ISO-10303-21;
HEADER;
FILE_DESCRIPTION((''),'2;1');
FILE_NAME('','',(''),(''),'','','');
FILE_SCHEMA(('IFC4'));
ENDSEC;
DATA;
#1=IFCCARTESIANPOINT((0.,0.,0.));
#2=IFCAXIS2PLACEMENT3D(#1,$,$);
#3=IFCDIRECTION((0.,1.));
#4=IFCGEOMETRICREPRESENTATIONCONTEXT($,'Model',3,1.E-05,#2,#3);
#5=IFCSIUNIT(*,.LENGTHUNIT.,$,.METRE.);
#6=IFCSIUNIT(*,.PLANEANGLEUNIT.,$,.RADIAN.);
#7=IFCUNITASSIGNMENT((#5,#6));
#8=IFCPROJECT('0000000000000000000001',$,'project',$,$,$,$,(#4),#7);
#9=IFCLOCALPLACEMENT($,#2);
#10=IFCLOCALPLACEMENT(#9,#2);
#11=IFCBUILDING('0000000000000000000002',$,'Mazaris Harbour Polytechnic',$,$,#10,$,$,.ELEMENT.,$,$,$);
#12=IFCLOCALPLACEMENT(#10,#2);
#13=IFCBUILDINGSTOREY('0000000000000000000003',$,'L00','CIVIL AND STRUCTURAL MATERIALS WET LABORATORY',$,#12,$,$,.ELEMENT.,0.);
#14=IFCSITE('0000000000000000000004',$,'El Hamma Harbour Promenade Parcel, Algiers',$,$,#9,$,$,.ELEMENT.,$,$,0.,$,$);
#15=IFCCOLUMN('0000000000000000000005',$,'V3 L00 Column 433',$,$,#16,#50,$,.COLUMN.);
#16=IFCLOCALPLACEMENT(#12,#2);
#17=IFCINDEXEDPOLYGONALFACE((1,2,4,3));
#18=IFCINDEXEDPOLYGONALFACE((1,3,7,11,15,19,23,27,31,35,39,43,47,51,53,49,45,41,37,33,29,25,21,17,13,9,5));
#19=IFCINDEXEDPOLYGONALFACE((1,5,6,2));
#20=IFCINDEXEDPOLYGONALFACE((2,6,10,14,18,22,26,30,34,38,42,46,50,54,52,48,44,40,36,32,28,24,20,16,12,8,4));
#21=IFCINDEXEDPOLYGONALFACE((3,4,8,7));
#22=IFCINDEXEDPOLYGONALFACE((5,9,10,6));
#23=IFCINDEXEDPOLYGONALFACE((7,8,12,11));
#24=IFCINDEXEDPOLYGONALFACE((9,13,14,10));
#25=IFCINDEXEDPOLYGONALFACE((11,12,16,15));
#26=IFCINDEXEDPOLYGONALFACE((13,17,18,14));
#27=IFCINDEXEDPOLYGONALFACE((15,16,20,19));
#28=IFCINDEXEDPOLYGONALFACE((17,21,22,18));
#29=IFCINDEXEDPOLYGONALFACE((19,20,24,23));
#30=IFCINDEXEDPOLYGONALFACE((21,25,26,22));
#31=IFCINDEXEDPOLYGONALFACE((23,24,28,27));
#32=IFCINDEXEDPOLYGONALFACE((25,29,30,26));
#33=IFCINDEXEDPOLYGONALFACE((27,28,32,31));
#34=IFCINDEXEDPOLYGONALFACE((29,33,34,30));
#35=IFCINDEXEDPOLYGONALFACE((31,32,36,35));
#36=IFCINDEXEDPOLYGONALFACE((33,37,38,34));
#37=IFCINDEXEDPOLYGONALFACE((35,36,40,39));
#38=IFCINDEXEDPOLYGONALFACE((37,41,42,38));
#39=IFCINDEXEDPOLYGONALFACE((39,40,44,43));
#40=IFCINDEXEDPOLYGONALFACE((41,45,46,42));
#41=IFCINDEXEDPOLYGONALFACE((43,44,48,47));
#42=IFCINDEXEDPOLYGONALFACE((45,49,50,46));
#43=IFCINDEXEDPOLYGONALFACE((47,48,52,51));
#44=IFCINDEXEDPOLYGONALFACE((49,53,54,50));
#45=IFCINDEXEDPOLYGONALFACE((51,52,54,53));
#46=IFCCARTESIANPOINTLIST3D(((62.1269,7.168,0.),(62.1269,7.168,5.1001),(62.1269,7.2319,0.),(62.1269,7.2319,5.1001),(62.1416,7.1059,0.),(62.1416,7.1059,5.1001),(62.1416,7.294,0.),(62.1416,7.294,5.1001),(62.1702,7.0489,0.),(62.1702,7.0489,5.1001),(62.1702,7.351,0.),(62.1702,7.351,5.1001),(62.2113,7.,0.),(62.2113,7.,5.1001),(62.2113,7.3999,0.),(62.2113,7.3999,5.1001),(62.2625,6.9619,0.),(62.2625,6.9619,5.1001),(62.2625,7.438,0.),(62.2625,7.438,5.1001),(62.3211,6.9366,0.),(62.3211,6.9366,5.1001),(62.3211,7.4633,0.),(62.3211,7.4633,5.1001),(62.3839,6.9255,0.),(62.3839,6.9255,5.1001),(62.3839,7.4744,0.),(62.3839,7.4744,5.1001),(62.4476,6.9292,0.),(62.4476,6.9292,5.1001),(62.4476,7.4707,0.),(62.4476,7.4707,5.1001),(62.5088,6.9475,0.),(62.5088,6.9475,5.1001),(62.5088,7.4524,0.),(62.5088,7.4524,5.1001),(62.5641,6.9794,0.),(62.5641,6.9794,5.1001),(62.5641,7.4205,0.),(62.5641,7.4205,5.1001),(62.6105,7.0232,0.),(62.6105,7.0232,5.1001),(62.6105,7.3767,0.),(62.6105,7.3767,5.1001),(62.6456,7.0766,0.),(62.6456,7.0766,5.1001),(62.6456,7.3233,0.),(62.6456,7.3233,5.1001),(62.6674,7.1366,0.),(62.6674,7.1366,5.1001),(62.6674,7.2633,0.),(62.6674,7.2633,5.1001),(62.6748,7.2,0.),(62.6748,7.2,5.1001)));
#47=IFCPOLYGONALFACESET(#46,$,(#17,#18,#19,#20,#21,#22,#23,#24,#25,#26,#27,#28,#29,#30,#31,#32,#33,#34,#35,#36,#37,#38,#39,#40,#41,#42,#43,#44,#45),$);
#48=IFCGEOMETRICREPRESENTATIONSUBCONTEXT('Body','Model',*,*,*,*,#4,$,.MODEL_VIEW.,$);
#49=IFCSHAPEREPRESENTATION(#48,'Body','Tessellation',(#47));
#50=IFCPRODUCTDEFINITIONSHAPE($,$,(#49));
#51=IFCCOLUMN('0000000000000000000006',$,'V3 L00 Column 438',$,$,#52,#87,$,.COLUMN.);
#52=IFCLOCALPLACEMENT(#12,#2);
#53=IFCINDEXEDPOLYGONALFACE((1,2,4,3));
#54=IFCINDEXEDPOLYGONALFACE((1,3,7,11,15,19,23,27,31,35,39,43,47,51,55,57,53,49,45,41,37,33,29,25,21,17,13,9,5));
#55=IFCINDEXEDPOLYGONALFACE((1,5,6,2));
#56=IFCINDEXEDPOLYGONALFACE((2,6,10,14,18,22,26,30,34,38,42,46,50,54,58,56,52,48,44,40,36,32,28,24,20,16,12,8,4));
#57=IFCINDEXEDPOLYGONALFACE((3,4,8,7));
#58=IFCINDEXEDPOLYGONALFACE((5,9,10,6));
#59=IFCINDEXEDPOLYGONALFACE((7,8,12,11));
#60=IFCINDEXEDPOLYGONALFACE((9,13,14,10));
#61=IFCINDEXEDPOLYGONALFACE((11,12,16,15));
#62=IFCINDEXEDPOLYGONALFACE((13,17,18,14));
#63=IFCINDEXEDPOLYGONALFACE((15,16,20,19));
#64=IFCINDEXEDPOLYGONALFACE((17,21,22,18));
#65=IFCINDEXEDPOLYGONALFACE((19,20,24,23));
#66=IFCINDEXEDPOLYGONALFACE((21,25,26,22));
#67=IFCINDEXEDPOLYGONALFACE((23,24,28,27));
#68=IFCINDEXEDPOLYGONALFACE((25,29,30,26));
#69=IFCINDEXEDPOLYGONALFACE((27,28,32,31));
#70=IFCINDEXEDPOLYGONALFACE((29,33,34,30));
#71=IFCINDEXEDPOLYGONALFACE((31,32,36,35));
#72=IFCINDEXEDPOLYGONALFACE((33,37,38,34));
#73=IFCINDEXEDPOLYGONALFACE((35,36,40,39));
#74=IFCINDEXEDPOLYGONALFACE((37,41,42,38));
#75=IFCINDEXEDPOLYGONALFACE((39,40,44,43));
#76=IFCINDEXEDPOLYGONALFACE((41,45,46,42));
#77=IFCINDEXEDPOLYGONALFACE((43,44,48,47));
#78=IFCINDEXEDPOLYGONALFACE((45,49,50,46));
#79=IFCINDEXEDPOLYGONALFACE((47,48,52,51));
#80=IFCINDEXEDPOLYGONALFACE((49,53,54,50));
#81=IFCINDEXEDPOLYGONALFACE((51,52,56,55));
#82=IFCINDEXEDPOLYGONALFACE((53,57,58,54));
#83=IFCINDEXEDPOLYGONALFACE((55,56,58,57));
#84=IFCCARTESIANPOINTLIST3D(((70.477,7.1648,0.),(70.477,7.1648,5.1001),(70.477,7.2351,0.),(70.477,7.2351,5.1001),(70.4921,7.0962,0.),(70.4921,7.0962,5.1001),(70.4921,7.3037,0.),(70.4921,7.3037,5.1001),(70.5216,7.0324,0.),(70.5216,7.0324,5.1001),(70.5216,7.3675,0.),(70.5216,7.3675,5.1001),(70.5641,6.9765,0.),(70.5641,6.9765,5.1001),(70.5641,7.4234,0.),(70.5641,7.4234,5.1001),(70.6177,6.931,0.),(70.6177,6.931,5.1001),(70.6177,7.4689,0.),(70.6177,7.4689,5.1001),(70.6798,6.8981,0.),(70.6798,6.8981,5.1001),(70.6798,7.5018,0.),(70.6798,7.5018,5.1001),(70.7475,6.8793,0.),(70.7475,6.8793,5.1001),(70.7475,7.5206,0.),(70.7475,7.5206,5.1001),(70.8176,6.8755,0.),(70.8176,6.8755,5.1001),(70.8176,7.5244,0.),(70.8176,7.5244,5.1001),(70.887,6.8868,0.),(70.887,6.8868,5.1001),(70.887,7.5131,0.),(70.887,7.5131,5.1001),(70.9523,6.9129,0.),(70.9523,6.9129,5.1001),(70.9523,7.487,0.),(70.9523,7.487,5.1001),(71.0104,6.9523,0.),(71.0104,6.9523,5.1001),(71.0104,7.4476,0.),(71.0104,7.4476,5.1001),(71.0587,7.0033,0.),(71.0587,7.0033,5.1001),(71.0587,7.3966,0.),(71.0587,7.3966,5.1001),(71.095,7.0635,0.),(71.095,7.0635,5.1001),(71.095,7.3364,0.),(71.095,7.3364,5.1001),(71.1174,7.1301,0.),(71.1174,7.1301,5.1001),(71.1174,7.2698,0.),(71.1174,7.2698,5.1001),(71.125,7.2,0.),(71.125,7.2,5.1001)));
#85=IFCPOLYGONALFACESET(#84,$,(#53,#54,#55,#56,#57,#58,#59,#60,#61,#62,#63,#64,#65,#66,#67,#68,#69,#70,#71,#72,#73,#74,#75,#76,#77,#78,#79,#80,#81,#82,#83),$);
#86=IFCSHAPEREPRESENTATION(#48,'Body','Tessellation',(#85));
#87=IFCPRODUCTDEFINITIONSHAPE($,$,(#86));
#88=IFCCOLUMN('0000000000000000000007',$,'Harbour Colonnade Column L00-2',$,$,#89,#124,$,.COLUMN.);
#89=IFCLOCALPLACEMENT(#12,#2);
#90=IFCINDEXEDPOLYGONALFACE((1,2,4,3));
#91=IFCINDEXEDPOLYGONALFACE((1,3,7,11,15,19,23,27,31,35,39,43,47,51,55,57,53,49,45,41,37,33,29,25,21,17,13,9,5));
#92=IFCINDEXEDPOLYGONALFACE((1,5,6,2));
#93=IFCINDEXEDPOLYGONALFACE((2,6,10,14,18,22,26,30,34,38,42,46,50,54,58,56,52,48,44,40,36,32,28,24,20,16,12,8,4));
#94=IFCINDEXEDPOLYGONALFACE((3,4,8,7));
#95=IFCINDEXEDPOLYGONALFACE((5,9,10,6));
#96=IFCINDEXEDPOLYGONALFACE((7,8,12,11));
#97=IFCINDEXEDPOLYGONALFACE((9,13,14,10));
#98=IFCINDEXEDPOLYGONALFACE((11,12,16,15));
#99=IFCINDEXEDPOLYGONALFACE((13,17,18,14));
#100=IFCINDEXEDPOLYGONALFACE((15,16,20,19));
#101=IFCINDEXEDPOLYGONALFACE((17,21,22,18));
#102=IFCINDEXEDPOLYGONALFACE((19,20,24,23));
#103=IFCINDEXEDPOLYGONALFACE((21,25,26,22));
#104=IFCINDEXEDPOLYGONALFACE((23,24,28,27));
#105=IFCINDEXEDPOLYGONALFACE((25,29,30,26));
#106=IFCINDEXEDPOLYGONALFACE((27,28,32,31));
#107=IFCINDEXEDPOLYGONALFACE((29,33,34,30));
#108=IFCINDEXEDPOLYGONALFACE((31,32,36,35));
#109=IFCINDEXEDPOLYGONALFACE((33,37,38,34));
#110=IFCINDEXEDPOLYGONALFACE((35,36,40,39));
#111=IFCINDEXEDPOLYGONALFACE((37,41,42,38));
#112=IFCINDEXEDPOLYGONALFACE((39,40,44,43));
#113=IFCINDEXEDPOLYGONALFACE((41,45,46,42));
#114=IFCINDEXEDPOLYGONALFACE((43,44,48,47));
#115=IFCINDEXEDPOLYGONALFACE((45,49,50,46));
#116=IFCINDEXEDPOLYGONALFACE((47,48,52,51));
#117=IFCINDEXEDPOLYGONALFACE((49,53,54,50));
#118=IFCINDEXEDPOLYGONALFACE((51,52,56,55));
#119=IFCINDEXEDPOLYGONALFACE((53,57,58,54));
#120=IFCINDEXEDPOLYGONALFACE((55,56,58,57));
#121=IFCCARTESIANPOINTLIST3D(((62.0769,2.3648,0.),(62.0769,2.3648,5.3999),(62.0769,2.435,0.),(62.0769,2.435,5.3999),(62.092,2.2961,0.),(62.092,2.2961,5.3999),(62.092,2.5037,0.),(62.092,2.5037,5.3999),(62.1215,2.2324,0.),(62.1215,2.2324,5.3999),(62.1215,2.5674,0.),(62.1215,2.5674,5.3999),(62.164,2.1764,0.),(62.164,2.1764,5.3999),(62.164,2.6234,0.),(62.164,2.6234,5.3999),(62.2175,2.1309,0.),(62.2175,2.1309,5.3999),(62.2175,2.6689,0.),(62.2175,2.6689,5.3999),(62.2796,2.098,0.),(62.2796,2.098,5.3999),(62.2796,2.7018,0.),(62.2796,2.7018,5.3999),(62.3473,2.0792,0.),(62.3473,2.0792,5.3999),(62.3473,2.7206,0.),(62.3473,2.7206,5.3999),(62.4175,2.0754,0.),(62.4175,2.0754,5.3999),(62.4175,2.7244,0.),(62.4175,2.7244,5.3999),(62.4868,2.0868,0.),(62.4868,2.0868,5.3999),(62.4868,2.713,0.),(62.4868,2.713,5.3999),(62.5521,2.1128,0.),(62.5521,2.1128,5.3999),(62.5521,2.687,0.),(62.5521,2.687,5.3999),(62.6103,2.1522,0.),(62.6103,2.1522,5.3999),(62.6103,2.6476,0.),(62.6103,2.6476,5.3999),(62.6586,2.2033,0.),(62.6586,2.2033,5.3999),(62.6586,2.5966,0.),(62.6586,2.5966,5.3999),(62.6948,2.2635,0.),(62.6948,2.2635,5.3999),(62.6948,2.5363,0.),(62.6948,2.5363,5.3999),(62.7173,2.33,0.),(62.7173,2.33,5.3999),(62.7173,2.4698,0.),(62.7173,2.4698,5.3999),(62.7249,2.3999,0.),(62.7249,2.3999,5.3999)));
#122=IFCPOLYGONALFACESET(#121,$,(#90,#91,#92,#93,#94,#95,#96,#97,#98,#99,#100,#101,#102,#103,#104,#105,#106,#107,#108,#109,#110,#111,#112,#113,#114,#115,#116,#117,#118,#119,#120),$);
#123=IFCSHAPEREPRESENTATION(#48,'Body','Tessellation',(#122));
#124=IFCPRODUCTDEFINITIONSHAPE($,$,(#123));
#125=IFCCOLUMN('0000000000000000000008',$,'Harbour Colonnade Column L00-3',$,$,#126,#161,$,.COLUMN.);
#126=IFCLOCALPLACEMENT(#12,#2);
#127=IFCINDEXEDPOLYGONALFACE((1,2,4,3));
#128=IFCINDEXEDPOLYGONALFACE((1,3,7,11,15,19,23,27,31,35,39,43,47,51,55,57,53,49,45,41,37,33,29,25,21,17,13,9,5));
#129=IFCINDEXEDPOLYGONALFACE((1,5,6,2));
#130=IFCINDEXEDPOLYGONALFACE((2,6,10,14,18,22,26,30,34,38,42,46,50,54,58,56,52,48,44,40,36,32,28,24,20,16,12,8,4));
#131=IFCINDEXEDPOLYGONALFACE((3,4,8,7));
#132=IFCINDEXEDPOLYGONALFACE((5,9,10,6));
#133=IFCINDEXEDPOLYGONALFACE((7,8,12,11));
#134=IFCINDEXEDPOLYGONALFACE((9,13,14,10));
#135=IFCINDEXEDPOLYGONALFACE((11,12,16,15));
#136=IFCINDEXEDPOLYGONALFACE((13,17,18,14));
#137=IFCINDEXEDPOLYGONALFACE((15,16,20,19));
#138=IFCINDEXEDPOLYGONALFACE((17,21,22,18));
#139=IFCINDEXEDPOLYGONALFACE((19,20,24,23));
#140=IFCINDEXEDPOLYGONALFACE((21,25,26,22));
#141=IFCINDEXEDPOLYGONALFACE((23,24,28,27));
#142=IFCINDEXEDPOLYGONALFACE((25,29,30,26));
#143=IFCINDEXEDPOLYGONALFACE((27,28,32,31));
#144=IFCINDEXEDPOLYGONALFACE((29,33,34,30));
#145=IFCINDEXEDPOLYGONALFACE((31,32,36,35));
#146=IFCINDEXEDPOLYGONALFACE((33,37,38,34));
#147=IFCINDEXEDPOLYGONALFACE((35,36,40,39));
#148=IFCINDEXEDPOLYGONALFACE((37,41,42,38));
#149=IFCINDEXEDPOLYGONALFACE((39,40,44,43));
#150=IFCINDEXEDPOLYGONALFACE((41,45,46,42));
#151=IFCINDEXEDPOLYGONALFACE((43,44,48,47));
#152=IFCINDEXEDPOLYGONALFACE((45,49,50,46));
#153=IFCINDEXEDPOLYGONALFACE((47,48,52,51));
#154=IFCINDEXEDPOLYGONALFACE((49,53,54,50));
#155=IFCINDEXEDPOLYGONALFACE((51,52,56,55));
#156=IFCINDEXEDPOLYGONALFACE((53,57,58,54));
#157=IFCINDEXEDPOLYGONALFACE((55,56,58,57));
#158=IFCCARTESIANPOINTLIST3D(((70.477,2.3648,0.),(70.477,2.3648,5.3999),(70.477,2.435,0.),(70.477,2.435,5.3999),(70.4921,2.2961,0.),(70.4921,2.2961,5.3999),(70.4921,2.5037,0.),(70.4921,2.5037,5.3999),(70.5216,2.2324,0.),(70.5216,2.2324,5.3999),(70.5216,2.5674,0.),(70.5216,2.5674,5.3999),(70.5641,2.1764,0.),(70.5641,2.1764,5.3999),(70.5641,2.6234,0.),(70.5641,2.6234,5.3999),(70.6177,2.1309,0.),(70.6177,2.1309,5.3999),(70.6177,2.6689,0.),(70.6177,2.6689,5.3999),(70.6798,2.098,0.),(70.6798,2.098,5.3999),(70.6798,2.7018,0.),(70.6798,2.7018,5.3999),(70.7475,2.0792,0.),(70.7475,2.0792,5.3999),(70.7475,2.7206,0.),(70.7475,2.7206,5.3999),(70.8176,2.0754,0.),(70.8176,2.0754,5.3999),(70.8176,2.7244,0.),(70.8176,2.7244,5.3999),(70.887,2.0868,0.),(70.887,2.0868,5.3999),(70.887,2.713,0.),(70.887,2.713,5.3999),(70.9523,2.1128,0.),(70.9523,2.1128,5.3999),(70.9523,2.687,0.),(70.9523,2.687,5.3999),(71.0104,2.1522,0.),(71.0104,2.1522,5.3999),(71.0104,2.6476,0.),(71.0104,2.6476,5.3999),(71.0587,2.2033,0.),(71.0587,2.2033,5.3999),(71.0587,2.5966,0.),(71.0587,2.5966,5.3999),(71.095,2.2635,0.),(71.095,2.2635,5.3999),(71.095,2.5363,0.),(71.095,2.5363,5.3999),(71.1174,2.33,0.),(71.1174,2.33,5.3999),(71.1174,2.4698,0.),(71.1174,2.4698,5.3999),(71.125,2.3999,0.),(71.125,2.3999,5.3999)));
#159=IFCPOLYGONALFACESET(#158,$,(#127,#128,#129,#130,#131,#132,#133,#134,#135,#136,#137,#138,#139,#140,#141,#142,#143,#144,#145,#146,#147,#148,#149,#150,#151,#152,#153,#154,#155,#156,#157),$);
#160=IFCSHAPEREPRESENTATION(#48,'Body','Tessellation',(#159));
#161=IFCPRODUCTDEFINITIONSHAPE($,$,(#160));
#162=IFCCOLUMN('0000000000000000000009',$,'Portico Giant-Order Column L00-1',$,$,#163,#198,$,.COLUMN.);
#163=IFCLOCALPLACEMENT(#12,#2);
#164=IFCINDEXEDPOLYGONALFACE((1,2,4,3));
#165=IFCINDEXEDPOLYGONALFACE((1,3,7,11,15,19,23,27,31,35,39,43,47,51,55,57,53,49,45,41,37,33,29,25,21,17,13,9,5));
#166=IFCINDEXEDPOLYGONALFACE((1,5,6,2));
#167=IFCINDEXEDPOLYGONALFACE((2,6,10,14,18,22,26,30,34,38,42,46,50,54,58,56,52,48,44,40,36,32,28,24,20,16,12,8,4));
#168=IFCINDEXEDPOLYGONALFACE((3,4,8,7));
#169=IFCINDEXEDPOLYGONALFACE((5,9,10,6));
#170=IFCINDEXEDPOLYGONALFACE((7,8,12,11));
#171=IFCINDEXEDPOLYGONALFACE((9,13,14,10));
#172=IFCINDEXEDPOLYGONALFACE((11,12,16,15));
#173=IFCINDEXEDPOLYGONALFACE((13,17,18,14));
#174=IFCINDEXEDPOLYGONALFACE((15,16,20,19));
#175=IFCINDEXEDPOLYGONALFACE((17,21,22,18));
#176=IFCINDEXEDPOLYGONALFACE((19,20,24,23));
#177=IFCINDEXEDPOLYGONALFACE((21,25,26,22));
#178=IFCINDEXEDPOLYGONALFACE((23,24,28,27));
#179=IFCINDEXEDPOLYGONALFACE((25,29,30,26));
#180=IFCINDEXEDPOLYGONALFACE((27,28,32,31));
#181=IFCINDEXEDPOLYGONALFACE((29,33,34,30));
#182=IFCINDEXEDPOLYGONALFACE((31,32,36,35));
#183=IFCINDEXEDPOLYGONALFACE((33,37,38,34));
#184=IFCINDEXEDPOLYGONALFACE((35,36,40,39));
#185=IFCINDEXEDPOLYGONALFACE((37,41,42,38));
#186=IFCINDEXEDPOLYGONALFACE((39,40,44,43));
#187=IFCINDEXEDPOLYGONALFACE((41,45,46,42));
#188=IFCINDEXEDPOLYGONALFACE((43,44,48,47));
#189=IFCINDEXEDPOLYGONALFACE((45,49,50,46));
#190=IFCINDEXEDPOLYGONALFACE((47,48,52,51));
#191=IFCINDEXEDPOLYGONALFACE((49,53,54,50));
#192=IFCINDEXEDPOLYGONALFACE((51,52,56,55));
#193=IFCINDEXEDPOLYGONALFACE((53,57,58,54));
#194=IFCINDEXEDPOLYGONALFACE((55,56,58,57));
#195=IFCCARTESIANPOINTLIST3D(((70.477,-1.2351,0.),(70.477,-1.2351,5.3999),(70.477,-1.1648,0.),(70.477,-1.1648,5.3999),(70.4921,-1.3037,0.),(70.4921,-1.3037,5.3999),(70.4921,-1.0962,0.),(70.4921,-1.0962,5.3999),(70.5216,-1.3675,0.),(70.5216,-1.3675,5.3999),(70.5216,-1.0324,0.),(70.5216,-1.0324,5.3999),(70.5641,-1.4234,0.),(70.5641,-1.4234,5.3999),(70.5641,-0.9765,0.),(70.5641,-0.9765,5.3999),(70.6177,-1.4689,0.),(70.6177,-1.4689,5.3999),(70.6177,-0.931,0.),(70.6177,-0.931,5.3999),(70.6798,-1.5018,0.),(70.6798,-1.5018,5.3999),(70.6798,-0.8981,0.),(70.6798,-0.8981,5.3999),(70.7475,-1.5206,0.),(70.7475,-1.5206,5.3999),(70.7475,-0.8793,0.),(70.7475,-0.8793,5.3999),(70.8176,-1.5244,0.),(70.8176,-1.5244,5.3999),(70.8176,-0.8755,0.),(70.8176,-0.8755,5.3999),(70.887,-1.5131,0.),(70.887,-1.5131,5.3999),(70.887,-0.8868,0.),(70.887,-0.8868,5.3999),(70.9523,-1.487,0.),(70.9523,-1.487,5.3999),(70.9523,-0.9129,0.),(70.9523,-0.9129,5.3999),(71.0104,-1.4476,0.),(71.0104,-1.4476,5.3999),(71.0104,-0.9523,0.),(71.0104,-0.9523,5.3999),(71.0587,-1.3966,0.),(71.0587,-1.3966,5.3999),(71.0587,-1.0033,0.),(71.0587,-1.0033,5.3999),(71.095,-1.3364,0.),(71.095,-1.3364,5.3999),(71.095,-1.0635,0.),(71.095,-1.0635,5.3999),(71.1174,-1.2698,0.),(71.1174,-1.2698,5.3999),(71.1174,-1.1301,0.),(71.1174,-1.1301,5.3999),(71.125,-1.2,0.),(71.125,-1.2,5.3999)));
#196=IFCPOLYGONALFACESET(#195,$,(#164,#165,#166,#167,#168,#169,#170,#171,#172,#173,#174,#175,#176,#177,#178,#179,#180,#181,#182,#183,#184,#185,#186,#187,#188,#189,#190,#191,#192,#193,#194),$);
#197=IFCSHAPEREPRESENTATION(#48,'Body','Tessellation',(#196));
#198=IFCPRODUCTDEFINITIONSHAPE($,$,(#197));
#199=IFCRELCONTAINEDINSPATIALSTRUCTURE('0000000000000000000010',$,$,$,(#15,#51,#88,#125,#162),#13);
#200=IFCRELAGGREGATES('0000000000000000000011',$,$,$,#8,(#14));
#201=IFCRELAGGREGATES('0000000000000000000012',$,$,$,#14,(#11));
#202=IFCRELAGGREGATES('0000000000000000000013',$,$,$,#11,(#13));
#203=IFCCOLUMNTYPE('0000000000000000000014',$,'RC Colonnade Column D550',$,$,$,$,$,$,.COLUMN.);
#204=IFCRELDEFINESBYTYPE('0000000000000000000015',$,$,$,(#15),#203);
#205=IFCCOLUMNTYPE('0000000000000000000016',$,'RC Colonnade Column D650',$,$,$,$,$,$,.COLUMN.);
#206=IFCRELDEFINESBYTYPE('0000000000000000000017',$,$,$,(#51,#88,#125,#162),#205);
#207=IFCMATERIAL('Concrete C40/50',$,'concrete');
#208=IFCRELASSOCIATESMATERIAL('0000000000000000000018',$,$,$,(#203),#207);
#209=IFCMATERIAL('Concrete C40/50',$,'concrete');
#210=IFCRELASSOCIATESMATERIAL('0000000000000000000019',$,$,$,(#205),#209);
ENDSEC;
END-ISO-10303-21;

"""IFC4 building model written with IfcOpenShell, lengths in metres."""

from ifc_helpers import new_model, si_unit, direction, frame, origin, origin_2d, place, context, subcontext, project, spatial, circle, extrude, material, material_profile, profile_set, type_object, element, save


model = new_model("IFC4")

# Units and contexts
model_context = context("Model", 3, precision=1e-05, world=origin(), true_north=direction((0.0, 1.0)))
body_context = subcontext(model_context, "Body", "Model", "MODEL_VIEW")
ifc_project = project(units=[si_unit("LENGTHUNIT", "METRE"), si_unit("PLANEANGLEUNIT", "RADIAN")], contexts=[model_context])

# Site, building, storey
site_placement = place(None, origin())
site = spatial("IfcSite", under=ifc_project, at=site_placement, Name="El Hamma Harbour Promenade Parcel, Algiers", CompositionType="ELEMENT", RefElevation=0.0)
building_placement = place(site_placement, origin())
building = spatial("IfcBuilding", under=site, at=building_placement, Name="Mazaris Harbour Polytechnic", CompositionType="ELEMENT")
storey_placement = place(building_placement, origin())
storey = spatial("IfcBuildingStorey", under=building, at=storey_placement, Name="L00", Description="CIVIL AND STRUCTURAL MATERIALS WET LABORATORY", CompositionType="ELEMENT", Elevation=0.0)

# Columns
ifc_material_1 = material(Name="Concrete C40/50", Category="concrete")
ifc_material_profile_1 = material_profile(ifc_material_1, circle(Radius=0.2749, at=origin_2d()), Name="DIA550")
ifc_profile_set_1 = profile_set([ifc_material_profile_1], Name="Concrete C40/50")
column_type_1 = type_object("IfcColumnType", Name="RC Colonnade Column D550", PredefinedType="COLUMN", material=ifc_profile_set_1)
column_1_placement = place(storey_placement, frame((62.3999, 7.2, 0.0), z_axis=(0.0, 0.0, 1.0), x_axis=(1.0, 0.0, 0.0)))
element("IfcColumn", 1, at=column_1_placement, inside=storey, type_object=column_type_1, Name="V3 L00 Column 433", PredefinedType="COLUMN", context=body_context, shape_type="SweptSolid", body=[
    extrude(circle(Radius=0.2749, at=origin_2d()), origin(), (0.0, 0.0, 1.0), 5.1001),
])
ifc_material_2 = material(Name="Concrete C40/50", Category="concrete")
ifc_material_profile_2 = material_profile(ifc_material_2, circle(Radius=0.325, at=origin_2d()), Name="DIA650")
ifc_profile_set_2 = profile_set([ifc_material_profile_2], Name="Concrete C40/50")
column_type_2 = type_object("IfcColumnType", Name="RC Colonnade Column D650", PredefinedType="COLUMN", material=ifc_profile_set_2)
column_2_placement = place(storey_placement, frame((70.8, 7.2, 0.0), z_axis=(0.0, 0.0, 1.0), x_axis=(1.0, 0.0, 0.0)))
element("IfcColumn", 2, at=column_2_placement, inside=storey, type_object=column_type_2, Name="V3 L00 Column 438", PredefinedType="COLUMN", context=body_context, shape_type="SweptSolid", body=[
    extrude(circle(Radius=0.325, at=origin_2d()), origin(), (0.0, 0.0, 1.0), 5.1001),
])
for number, where, z_axis, x_axis, name in (
    (3, (62.3999, 2.3999, 0.0), (0.0, 0.0, 1.0), (1.0, 0.0, 0.0), "Harbour Colonnade Column L00-2"),
    (4, (70.8, 2.3999, 0.0), (0.0, 0.0, 1.0), (1.0, 0.0, 0.0), "Harbour Colonnade Column L00-3"),
    (5, (70.8, -1.2, 0.0), (0.0, 0.0, 1.0), (1.0, 0.0, 0.0), "Portico Giant-Order Column L00-1"),
):
    element("IfcColumn", number, at=place(storey_placement, frame(where, z_axis=z_axis, x_axis=x_axis)), inside=storey, type_object=column_type_2, Name=name, PredefinedType="COLUMN", context=body_context, shape_type="SweptSolid", body=[
        extrude(circle(Radius=0.325, at=origin_2d()), origin(), (0.0, 0.0, 1.0), 5.3999),
    ])

save(model, "model.ifc")
